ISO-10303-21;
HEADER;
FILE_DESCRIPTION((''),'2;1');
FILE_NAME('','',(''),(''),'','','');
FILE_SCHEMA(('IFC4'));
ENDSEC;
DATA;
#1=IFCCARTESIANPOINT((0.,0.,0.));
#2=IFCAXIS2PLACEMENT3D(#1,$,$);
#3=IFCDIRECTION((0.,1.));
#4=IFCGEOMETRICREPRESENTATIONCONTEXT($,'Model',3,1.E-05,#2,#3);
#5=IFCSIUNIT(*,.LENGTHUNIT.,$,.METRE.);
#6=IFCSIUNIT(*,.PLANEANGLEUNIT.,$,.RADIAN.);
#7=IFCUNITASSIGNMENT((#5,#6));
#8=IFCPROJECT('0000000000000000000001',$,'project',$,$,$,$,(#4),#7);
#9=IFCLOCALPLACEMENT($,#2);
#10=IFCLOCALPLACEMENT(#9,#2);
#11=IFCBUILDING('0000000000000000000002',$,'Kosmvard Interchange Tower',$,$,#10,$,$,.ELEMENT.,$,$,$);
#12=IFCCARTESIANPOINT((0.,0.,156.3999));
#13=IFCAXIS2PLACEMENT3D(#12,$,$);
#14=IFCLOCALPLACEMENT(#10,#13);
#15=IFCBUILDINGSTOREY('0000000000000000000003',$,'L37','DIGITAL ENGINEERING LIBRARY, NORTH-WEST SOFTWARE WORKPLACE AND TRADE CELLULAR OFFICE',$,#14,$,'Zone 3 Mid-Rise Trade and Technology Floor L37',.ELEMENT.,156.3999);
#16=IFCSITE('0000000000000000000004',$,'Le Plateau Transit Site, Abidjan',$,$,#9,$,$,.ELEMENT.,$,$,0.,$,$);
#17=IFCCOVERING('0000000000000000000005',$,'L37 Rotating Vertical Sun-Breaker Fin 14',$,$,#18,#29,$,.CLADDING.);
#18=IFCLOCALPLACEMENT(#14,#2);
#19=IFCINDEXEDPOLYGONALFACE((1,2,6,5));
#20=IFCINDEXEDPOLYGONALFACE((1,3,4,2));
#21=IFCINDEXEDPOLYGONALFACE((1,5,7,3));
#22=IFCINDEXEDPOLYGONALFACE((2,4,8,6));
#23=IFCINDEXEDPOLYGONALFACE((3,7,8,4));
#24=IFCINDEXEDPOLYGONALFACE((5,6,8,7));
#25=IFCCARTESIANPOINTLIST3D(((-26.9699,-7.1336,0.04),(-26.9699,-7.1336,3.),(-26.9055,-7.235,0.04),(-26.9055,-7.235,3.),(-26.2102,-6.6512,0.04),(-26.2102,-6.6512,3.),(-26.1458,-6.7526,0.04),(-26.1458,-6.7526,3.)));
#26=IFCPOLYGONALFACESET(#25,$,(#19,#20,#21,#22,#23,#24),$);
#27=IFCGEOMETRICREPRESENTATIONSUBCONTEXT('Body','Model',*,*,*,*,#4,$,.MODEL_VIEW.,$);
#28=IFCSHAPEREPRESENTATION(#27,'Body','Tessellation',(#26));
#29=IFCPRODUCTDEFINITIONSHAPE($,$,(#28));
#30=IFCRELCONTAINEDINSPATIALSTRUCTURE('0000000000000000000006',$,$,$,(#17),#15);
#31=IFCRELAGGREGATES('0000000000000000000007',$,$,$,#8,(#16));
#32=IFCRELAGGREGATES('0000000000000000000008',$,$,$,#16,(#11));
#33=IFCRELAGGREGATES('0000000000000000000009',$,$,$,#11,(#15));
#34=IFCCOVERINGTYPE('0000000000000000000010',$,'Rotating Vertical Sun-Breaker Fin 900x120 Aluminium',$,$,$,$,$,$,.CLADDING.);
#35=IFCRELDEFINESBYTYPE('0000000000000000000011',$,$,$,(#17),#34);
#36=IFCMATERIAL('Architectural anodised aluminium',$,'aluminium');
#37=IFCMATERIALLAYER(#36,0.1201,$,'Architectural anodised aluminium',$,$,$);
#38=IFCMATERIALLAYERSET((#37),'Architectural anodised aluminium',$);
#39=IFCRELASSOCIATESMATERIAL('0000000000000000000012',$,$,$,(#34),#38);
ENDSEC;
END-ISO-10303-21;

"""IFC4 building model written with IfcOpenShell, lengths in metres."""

from ifc_helpers import new_model, si_unit, direction, frame, origin, origin_2d, place, context, subcontext, project, spatial, rectangle, extrude, source, transform, mapped, material, layer, layer_set, type_object, element, save


model = new_model("IFC4")

# Units and contexts
model_context = context("Model", 3, precision=1e-05, world=origin(), true_north=direction((0.0, 1.0)))
body_context = subcontext(model_context, "Body", "Model", "MODEL_VIEW")
ifc_project = project(units=[si_unit("LENGTHUNIT", "METRE"), si_unit("PLANEANGLEUNIT", "RADIAN")], contexts=[model_context])

# Site, building, storey
site_placement = place(None, origin())
site = spatial("IfcSite", under=ifc_project, at=site_placement, Name="Le Plateau Transit Site, Abidjan", CompositionType="ELEMENT", RefElevation=0.0)
building_placement = place(site_placement, origin())
building = spatial("IfcBuilding", under=site, at=building_placement, Name="Kosmvard Interchange Tower", CompositionType="ELEMENT")
storey_placement = place(building_placement, frame((0.0, 0.0, 156.3999)))
storey = spatial("IfcBuildingStorey", under=building, at=storey_placement, Name="L37", Description="DIGITAL ENGINEERING LIBRARY, NORTH-WEST SOFTWARE WORKPLACE AND TRADE CELLULAR OFFICE", LongName="Zone 3 Mid-Rise Trade and Technology Floor L37", CompositionType="ELEMENT", Elevation=156.3999)

# Covering
ifc_material_1 = material(Name="Architectural anodised aluminium", Category="aluminium")
ifc_layer_1 = layer(ifc_material_1, 0.1201, Name="Architectural anodised aluminium")
ifc_layer_set_1 = layer_set([ifc_layer_1], Name="Architectural anodised aluminium")
covering_type = type_object("IfcCoveringType", Name="Rotating Vertical Sun-Breaker Fin 900x120 Aluminium", PredefinedType="CLADDING", material=ifc_layer_set_1)
shared_shape_1 = source(origin(), body_context, "Body", "SweptSolid", [
    extrude(rectangle(XDim=0.8999, YDim=0.1201, at=origin_2d()), origin(), (0.0, 0.0, 1.0), 2.96),
])
covering_placement = place(storey_placement, frame((-26.5579, -6.9431, 0.04), z_axis=(0.0, 0.0, 1.0), x_axis=(-0.844141, -0.536121, 0.0)))
element("IfcCovering", 1, at=covering_placement, inside=storey, type_object=covering_type, Name="L37 Rotating Vertical Sun-Breaker Fin 14", PredefinedType="CLADDING", context=body_context, shape_type="MappedRepresentation", body=[
    mapped(shared_shape_1, transform((0.0, 0.0, 0.0), scale=1.0)),
])

save(model, "model.ifc")
